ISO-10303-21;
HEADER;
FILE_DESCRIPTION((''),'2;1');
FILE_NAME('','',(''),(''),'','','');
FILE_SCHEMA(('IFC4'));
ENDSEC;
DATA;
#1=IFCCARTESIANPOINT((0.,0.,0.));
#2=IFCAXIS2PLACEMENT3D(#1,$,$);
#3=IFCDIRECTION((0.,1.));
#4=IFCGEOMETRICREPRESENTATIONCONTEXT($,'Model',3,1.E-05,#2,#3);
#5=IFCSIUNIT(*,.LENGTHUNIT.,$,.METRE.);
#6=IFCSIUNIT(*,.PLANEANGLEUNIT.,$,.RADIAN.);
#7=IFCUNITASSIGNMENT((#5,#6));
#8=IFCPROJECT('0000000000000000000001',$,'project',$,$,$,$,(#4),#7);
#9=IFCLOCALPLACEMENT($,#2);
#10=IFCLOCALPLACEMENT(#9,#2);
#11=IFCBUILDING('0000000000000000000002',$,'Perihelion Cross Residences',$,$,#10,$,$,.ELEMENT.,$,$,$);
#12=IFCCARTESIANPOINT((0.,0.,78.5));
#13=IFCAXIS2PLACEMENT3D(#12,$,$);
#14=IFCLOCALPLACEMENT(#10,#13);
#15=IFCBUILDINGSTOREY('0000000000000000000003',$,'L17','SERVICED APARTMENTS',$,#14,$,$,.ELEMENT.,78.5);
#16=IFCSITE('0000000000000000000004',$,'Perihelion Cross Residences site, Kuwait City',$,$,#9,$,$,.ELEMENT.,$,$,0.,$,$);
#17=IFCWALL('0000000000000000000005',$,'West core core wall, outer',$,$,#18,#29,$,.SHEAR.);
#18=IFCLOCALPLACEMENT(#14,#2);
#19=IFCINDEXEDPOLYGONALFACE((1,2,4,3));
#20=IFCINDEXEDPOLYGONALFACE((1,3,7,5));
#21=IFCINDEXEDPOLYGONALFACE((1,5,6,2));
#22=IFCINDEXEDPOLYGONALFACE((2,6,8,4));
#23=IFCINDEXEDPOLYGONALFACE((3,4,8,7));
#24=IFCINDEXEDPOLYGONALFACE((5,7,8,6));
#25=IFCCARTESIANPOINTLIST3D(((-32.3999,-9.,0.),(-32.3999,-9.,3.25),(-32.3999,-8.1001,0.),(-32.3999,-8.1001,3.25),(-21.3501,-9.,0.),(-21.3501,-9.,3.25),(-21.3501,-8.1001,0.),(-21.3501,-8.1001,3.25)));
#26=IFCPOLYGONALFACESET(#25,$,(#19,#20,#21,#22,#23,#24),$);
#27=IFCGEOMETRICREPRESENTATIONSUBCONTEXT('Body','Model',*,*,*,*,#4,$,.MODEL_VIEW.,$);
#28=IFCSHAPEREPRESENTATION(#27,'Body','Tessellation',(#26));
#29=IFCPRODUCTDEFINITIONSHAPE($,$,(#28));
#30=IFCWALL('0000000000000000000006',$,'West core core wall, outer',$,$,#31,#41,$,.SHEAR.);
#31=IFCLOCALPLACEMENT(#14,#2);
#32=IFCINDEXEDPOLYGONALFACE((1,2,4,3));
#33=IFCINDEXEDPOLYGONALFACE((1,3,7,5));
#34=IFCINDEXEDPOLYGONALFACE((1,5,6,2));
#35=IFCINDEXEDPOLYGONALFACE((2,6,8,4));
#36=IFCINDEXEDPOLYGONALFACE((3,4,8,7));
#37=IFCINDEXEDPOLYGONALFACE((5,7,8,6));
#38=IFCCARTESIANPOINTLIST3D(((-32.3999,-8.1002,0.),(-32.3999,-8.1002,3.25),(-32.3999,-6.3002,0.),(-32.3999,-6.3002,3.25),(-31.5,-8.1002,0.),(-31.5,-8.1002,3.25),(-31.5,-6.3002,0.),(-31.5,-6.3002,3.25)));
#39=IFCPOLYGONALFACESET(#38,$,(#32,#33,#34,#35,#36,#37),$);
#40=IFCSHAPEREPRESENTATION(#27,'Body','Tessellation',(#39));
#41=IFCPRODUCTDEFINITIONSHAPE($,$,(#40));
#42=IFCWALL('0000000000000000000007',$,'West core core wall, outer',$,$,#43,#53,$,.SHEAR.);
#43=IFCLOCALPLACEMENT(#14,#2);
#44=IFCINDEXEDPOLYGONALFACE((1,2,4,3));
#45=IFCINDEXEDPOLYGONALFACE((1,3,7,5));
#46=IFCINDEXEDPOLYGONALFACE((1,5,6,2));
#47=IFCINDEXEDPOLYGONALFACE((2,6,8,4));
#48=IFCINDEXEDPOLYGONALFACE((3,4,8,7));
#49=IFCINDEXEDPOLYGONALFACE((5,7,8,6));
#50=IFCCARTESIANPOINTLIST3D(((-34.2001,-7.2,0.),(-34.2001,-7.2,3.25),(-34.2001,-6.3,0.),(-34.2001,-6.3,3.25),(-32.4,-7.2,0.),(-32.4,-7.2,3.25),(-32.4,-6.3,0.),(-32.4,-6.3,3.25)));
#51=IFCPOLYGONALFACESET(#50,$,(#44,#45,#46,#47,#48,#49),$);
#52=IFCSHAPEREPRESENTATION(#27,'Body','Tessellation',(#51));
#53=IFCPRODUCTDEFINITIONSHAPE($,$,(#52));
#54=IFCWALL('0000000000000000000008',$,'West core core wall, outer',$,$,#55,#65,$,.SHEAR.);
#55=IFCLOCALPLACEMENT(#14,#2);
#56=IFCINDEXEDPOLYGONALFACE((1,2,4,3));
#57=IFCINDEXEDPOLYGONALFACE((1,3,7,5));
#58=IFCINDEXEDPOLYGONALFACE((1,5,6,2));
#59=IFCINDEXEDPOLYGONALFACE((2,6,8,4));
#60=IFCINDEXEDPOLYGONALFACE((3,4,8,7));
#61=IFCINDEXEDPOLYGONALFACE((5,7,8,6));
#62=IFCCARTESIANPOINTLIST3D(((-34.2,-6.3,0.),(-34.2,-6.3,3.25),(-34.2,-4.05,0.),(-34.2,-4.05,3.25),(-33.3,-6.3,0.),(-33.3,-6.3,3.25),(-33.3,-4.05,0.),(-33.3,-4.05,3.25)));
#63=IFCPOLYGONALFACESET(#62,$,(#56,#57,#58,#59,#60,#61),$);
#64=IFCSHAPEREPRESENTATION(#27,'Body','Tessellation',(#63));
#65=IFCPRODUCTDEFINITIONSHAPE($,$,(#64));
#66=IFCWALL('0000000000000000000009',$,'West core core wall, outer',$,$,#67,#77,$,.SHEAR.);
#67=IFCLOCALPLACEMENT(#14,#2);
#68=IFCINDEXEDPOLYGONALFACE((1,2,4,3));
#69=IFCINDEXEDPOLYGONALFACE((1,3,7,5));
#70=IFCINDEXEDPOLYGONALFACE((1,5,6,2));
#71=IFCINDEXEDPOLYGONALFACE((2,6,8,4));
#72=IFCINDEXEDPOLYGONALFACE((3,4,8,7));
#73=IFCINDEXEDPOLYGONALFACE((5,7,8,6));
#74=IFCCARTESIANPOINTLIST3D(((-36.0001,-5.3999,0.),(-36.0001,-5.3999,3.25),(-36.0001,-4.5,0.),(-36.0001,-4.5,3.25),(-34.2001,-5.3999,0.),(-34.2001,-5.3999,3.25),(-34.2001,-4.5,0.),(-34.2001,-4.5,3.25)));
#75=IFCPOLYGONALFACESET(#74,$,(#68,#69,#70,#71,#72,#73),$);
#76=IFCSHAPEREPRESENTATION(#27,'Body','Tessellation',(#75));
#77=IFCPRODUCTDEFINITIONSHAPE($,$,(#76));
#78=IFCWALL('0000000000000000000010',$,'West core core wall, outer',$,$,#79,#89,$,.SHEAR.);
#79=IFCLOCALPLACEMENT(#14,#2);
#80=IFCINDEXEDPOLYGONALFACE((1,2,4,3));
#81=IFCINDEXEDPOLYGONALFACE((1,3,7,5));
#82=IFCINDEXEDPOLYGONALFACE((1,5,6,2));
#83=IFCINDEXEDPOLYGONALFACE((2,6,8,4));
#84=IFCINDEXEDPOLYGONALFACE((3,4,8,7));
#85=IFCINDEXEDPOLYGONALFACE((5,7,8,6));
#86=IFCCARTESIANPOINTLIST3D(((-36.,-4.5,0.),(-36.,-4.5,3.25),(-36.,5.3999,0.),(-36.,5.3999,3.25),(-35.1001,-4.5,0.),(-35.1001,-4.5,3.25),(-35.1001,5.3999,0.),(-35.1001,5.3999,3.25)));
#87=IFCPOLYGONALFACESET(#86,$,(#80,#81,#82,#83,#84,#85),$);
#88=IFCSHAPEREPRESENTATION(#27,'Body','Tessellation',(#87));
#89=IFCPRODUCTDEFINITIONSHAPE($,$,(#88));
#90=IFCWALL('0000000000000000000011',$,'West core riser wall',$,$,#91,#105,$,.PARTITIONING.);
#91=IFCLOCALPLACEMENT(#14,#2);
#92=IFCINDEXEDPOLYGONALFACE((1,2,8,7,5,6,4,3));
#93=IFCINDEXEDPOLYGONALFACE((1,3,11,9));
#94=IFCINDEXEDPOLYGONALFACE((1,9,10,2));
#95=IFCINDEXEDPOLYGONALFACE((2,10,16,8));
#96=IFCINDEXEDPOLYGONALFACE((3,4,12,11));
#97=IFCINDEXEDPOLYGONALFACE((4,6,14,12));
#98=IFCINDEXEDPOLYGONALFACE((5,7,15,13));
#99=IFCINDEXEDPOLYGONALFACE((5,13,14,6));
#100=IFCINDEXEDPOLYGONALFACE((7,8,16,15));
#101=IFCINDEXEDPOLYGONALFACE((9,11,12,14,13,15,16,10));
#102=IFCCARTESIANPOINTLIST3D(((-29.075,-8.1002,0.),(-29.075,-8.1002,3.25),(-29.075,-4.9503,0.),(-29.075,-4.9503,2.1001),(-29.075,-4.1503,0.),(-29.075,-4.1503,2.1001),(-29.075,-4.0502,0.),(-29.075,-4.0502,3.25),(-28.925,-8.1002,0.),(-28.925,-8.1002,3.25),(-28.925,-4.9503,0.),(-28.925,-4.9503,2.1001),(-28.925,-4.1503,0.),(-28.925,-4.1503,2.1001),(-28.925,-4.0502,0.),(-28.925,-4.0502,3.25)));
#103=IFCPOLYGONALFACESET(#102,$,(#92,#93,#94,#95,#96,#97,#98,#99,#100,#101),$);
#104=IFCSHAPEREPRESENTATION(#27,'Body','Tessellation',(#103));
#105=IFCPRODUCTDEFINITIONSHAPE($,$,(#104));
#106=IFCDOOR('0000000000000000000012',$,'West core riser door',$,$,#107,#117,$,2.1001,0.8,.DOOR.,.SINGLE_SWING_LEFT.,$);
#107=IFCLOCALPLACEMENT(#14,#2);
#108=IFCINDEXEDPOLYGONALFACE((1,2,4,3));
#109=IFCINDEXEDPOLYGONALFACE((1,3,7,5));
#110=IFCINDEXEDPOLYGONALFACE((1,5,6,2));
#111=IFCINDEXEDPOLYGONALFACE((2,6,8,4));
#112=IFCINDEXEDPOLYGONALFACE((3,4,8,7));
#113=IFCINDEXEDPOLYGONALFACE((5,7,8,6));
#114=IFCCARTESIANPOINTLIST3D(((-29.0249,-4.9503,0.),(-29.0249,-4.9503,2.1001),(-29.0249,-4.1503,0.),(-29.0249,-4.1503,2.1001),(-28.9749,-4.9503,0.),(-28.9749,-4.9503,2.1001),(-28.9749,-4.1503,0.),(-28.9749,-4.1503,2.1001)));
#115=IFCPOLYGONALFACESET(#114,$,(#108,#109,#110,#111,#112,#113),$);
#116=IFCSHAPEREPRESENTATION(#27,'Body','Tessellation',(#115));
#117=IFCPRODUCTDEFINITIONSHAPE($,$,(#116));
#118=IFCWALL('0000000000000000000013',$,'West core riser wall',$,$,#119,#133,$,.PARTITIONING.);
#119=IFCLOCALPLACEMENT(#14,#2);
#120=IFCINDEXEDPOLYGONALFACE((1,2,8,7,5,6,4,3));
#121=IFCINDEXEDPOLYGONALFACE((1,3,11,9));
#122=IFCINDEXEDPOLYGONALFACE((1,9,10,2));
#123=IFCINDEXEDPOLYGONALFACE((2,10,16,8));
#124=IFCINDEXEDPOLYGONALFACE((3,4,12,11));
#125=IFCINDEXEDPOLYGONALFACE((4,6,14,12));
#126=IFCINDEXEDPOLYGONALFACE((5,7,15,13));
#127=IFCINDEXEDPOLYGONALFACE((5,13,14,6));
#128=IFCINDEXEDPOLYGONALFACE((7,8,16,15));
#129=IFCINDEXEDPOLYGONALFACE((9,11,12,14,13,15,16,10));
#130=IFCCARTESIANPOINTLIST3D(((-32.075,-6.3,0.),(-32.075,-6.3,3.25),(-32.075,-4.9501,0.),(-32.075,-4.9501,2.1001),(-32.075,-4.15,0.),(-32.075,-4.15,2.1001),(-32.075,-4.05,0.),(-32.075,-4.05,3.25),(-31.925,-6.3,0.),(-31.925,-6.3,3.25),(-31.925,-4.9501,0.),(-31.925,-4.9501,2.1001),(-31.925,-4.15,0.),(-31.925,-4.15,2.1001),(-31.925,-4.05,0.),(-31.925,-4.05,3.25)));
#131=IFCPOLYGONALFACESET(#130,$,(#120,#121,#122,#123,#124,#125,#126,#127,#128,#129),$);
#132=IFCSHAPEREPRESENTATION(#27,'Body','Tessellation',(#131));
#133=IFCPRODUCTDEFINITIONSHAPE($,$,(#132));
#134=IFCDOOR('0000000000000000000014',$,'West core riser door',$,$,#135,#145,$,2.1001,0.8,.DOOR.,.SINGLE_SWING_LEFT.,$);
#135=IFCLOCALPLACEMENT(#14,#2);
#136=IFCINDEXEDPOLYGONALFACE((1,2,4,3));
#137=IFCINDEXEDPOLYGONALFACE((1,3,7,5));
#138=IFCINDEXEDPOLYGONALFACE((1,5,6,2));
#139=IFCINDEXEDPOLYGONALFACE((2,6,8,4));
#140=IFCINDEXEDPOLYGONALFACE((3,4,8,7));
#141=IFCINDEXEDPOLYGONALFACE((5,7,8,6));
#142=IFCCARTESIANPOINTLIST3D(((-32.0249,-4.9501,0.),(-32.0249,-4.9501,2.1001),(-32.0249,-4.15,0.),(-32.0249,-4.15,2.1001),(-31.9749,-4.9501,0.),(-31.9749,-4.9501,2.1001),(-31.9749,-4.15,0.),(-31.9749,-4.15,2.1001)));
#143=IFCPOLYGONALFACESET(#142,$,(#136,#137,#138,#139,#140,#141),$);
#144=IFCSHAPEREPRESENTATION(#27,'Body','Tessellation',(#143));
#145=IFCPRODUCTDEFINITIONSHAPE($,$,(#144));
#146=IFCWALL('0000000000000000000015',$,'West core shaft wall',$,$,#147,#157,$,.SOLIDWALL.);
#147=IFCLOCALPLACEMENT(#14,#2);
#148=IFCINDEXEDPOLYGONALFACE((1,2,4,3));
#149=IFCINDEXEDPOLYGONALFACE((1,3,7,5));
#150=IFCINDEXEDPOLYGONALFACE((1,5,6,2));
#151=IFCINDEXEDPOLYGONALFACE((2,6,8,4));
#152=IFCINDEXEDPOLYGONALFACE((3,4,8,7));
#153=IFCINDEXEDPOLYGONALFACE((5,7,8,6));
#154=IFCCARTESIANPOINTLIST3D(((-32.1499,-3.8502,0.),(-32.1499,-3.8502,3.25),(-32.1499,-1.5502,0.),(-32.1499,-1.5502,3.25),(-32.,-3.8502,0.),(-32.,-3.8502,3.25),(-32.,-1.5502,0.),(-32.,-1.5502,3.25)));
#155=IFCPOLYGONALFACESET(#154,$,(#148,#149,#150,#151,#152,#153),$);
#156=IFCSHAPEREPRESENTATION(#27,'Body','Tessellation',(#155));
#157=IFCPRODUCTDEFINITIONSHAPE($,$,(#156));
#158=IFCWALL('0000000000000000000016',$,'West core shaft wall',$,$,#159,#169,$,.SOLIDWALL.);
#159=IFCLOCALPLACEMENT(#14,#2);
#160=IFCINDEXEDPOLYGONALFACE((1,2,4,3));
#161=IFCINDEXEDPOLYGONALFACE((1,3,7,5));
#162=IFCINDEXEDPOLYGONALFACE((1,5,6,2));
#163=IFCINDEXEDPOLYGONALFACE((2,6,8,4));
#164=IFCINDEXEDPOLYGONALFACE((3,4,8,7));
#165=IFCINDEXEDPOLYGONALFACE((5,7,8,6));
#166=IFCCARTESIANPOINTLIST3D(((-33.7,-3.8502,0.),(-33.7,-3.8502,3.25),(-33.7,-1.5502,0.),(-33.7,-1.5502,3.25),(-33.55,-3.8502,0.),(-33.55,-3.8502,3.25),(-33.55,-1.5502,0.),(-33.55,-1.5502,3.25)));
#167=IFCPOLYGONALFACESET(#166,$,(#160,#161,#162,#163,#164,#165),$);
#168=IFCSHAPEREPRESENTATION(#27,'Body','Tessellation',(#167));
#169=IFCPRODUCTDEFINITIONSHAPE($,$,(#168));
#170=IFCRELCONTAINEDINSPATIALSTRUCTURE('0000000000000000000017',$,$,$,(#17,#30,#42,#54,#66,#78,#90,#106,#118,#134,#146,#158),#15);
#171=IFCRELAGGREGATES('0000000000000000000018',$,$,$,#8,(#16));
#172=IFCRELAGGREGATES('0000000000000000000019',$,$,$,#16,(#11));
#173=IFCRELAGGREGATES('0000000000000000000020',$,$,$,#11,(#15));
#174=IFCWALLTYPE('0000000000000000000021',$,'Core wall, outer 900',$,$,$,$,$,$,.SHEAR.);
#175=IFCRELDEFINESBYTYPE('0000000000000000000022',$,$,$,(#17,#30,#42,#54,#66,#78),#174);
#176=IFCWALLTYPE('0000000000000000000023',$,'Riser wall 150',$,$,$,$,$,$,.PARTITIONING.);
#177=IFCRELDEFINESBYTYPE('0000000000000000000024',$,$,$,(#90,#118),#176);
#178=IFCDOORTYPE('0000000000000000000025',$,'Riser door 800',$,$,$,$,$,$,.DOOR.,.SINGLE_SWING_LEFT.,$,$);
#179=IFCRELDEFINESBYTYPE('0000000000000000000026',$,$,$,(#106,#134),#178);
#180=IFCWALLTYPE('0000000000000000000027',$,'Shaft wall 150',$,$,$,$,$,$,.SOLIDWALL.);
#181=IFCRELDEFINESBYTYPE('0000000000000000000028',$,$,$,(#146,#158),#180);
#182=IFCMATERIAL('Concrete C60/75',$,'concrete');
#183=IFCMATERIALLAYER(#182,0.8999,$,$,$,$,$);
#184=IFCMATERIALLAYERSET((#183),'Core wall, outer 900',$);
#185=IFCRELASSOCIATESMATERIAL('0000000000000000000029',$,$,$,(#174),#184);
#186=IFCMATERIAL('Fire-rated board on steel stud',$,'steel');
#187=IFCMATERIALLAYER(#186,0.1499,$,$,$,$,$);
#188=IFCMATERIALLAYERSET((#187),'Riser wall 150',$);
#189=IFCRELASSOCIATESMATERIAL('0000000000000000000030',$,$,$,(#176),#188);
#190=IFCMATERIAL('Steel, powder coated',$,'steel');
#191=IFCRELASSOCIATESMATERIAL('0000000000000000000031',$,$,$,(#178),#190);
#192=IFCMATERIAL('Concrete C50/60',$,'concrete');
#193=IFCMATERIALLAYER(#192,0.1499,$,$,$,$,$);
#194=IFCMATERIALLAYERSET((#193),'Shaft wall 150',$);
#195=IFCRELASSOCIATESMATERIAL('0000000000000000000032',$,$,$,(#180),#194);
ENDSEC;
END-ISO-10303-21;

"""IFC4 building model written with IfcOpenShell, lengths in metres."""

from ifc_helpers import new_model, si_unit, direction, frame, frame_2d, origin, place, context, subcontext, project, spatial, rectangle, extrude, material, layer, layer_set, type_object, element, fill, save


model = new_model("IFC4")

# Units and contexts
model_context = context("Model", 3, precision=1e-05, world=origin(), true_north=direction((0.0, 1.0)))
body_context = subcontext(model_context, "Body", "Model", "MODEL_VIEW")
ifc_project = project(units=[si_unit("LENGTHUNIT", "METRE"), si_unit("PLANEANGLEUNIT", "RADIAN")], contexts=[model_context])

# Site, building, storey
site_placement = place(None, origin())
site = spatial("IfcSite", under=ifc_project, at=site_placement, Name="Perihelion Cross Residences site, Kuwait City", CompositionType="ELEMENT", RefElevation=0.0)
building_placement = place(site_placement, origin())
building = spatial("IfcBuilding", under=site, at=building_placement, Name="Perihelion Cross Residences", CompositionType="ELEMENT")
storey_placement = place(building_placement, frame((0.0, 0.0, 78.5)))
storey = spatial("IfcBuildingStorey", under=building, at=storey_placement, Name="L17", Description="SERVICED APARTMENTS", CompositionType="ELEMENT", Elevation=78.5)

# Walls
ifc_material_1 = material(Name="Concrete C60/75", Category="concrete")
ifc_layer_1 = layer(ifc_material_1, 0.8999)
ifc_layer_set_1 = layer_set([ifc_layer_1], Name="Core wall, outer 900")
wall_type_1 = type_object("IfcWallType", Name="Core wall, outer 900", PredefinedType="SHEAR", material=ifc_layer_set_1)
wall_1_placement = place(storey_placement, frame((-32.3999, -8.55, 0.0), z_axis=(0.0, 0.0, 1.0), x_axis=(1.0, 0.0, 0.0)))
element("IfcWall", 1, at=wall_1_placement, inside=storey, type_object=wall_type_1, Name="West core core wall, outer", PredefinedType="SHEAR", context=body_context, shape_type="SweptSolid", body=[
    extrude(rectangle(XDim=11.0498, YDim=0.8999, at=frame_2d((5.5249, 0.0))), origin(), (0.0, 0.0, 1.0), 3.25),
])
for number, where, z_axis, x_axis, name in (
    (2, (-31.95, -8.1001, 0.0), (0.0, 0.0, 1.0), (0.0, 1.0, 0.0), "West core core wall, outer"),
    (3, (-34.2, -6.75, 0.0), (0.0, 0.0, 1.0), (1.0, 0.0, 0.0), "West core core wall, outer"),
):
    element("IfcWall", number, at=place(storey_placement, frame(where, z_axis=z_axis, x_axis=x_axis)), inside=storey, type_object=wall_type_1, Name=name, PredefinedType="SHEAR", context=body_context, shape_type="SweptSolid", body=[
        extrude(rectangle(XDim=1.8, YDim=0.8999, at=frame_2d((0.8999, 0.0))), origin(), (0.0, 0.0, 1.0), 3.25),
    ])
wall_2_placement = place(storey_placement, frame((-33.75, -6.3, 0.0), z_axis=(0.0, 0.0, 1.0), x_axis=(0.0, 1.0, 0.0)))
element("IfcWall", 4, at=wall_2_placement, inside=storey, type_object=wall_type_1, Name="West core core wall, outer", PredefinedType="SHEAR", context=body_context, shape_type="SweptSolid", body=[
    extrude(rectangle(XDim=2.25, YDim=0.8999, at=frame_2d((1.125, 0.0))), origin(), (0.0, 0.0, 1.0), 3.25),
])
wall_3_placement = place(storey_placement, frame((-36.0, -4.95, 0.0), z_axis=(0.0, 0.0, 1.0), x_axis=(1.0, 0.0, 0.0)))
element("IfcWall", 5, at=wall_3_placement, inside=storey, type_object=wall_type_1, Name="West core core wall, outer", PredefinedType="SHEAR", context=body_context, shape_type="SweptSolid", body=[
    extrude(rectangle(XDim=1.8, YDim=0.8999, at=frame_2d((0.8999, 0.0))), origin(), (0.0, 0.0, 1.0), 3.25),
])
wall_4_placement = place(storey_placement, frame((-35.55, -4.5, 0.0), z_axis=(0.0, 0.0, 1.0), x_axis=(0.0, 1.0, 0.0)))
element("IfcWall", 6, at=wall_4_placement, inside=storey, type_object=wall_type_1, Name="West core core wall, outer", PredefinedType="SHEAR", context=body_context, shape_type="SweptSolid", body=[
    extrude(rectangle(XDim=9.8999, YDim=0.8999, at=frame_2d((4.95, 0.0))), origin(), (0.0, 0.0, 1.0), 3.25),
])

# Walls, openings, doors
ifc_material_2 = material(Name="Fire-rated board on steel stud", Category="steel")
ifc_layer_2 = layer(ifc_material_2, 0.1499)
ifc_layer_set_2 = layer_set([ifc_layer_2], Name="Riser wall 150")
wall_type_2 = type_object("IfcWallType", Name="Riser wall 150", PredefinedType="PARTITIONING", material=ifc_layer_set_2)
wall_5_placement = place(storey_placement, frame((-29.0, -8.1001, 0.0), z_axis=(0.0, 0.0, 1.0), x_axis=(0.0, 1.0, 0.0)))
wall_5 = element("IfcWall", 7, at=wall_5_placement, inside=storey, type_object=wall_type_2, Name="West core riser wall", PredefinedType="PARTITIONING", context=body_context, shape_type="SweptSolid", body=[
    extrude(rectangle(XDim=4.05, YDim=0.1499, at=frame_2d((2.0249, 0.0))), origin(), (0.0, 0.0, 1.0), 3.25),
])
opening_1_placement = place(wall_5_placement, frame((3.1499, 0.0, 0.0)))
opening_1 = element("IfcOpeningElement", 8, at=opening_1_placement, cuts=wall_5, PredefinedType="OPENING", context=body_context, shape_type="SweptSolid", body=[
    extrude(rectangle(XDim=0.8, YDim=2.1001, at=frame_2d((0.3999, 1.05))), frame((0.0, 0.085, 0.0), z_axis=(0.0, -1.0, 0.0), x_axis=(1.0, 0.0, 0.0)), (0.0, 0.0, 1.0), 0.1699),
])
ifc_material_3 = material(Name="Steel, powder coated", Category="steel")
door_type_1 = type_object("IfcDoorType", Name="Riser door 800", OperationType="SINGLE_SWING_LEFT", PredefinedType="DOOR", material=ifc_material_3)
door_1_placement = place(opening_1_placement, origin())
door_1 = element("IfcDoor", 9, at=door_1_placement, inside=storey, type_object=door_type_1, Name="West core riser door", OperationType="SINGLE_SWING_LEFT", OverallHeight=2.1001, OverallWidth=0.8, PredefinedType="DOOR", context=body_context, shape_type="SweptSolid", body=[
    extrude(rectangle(XDim=0.8, YDim=2.1001, at=frame_2d((0.3999, 1.05))), frame((0.0, 0.0249, 0.0), z_axis=(0.0, -1.0, 0.0), x_axis=(1.0, 0.0, 0.0)), (0.0, 0.0, 1.0), 0.05),
])
fill(opening_1, door_1)
wall_6_placement = place(storey_placement, frame((-32.0, -6.3, 0.0), z_axis=(0.0, 0.0, 1.0), x_axis=(0.0, 1.0, 0.0)))
wall_6 = element("IfcWall", 10, at=wall_6_placement, inside=storey, type_object=wall_type_2, Name="West core riser wall", PredefinedType="PARTITIONING", context=body_context, shape_type="SweptSolid", body=[
    extrude(rectangle(XDim=2.25, YDim=0.1499, at=frame_2d((1.125, 0.0))), origin(), (0.0, 0.0, 1.0), 3.25),
])
opening_2_placement = place(wall_6_placement, frame((1.3501, 0.0, 0.0)))
opening_2 = element("IfcOpeningElement", 11, at=opening_2_placement, cuts=wall_6, PredefinedType="OPENING", context=body_context, shape_type="SweptSolid", body=[
    extrude(rectangle(XDim=0.8, YDim=2.1001, at=frame_2d((0.3999, 1.05))), frame((0.0, 0.085, 0.0), z_axis=(0.0, -1.0, 0.0), x_axis=(1.0, 0.0, 0.0)), (0.0, 0.0, 1.0), 0.1699),
])
door_2_placement = place(opening_2_placement, origin())
door_2 = element("IfcDoor", 12, at=door_2_placement, inside=storey, type_object=door_type_1, Name="West core riser door", OperationType="SINGLE_SWING_LEFT", OverallHeight=2.1001, OverallWidth=0.8, PredefinedType="DOOR", context=body_context, shape_type="SweptSolid", body=[
    extrude(rectangle(XDim=0.8, YDim=2.1001, at=frame_2d((0.3999, 1.05))), frame((0.0, 0.0249, 0.0), z_axis=(0.0, -1.0, 0.0), x_axis=(1.0, 0.0, 0.0)), (0.0, 0.0, 1.0), 0.05),
])
fill(opening_2, door_2)

# Walls
ifc_material_4 = material(Name="Concrete C50/60", Category="concrete")
ifc_layer_3 = layer(ifc_material_4, 0.1499)
ifc_layer_set_3 = layer_set([ifc_layer_3], Name="Shaft wall 150")
wall_type_3 = type_object("IfcWallType", Name="Shaft wall 150", PredefinedType="SOLIDWALL", material=ifc_layer_set_3)
for number, where, z_axis, x_axis, name in (
    (13, (-32.075, -3.8501, 0.0), (0.0, 0.0, 1.0), (0.0, 1.0, 0.0), "West core shaft wall"),
    (14, (-33.625, -3.8501, 0.0), (0.0, 0.0, 1.0), (0.0, 1.0, 0.0), "West core shaft wall"),
):
    element("IfcWall", number, at=place(storey_placement, frame(where, z_axis=z_axis, x_axis=x_axis)), inside=storey, type_object=wall_type_3, Name=name, PredefinedType="SOLIDWALL", context=body_context, shape_type="SweptSolid", body=[
        extrude(rectangle(XDim=2.3, YDim=0.1499, at=frame_2d((1.1499, 0.0))), origin(), (0.0, 0.0, 1.0), 3.25),
    ])

save(model, "model.ifc")
